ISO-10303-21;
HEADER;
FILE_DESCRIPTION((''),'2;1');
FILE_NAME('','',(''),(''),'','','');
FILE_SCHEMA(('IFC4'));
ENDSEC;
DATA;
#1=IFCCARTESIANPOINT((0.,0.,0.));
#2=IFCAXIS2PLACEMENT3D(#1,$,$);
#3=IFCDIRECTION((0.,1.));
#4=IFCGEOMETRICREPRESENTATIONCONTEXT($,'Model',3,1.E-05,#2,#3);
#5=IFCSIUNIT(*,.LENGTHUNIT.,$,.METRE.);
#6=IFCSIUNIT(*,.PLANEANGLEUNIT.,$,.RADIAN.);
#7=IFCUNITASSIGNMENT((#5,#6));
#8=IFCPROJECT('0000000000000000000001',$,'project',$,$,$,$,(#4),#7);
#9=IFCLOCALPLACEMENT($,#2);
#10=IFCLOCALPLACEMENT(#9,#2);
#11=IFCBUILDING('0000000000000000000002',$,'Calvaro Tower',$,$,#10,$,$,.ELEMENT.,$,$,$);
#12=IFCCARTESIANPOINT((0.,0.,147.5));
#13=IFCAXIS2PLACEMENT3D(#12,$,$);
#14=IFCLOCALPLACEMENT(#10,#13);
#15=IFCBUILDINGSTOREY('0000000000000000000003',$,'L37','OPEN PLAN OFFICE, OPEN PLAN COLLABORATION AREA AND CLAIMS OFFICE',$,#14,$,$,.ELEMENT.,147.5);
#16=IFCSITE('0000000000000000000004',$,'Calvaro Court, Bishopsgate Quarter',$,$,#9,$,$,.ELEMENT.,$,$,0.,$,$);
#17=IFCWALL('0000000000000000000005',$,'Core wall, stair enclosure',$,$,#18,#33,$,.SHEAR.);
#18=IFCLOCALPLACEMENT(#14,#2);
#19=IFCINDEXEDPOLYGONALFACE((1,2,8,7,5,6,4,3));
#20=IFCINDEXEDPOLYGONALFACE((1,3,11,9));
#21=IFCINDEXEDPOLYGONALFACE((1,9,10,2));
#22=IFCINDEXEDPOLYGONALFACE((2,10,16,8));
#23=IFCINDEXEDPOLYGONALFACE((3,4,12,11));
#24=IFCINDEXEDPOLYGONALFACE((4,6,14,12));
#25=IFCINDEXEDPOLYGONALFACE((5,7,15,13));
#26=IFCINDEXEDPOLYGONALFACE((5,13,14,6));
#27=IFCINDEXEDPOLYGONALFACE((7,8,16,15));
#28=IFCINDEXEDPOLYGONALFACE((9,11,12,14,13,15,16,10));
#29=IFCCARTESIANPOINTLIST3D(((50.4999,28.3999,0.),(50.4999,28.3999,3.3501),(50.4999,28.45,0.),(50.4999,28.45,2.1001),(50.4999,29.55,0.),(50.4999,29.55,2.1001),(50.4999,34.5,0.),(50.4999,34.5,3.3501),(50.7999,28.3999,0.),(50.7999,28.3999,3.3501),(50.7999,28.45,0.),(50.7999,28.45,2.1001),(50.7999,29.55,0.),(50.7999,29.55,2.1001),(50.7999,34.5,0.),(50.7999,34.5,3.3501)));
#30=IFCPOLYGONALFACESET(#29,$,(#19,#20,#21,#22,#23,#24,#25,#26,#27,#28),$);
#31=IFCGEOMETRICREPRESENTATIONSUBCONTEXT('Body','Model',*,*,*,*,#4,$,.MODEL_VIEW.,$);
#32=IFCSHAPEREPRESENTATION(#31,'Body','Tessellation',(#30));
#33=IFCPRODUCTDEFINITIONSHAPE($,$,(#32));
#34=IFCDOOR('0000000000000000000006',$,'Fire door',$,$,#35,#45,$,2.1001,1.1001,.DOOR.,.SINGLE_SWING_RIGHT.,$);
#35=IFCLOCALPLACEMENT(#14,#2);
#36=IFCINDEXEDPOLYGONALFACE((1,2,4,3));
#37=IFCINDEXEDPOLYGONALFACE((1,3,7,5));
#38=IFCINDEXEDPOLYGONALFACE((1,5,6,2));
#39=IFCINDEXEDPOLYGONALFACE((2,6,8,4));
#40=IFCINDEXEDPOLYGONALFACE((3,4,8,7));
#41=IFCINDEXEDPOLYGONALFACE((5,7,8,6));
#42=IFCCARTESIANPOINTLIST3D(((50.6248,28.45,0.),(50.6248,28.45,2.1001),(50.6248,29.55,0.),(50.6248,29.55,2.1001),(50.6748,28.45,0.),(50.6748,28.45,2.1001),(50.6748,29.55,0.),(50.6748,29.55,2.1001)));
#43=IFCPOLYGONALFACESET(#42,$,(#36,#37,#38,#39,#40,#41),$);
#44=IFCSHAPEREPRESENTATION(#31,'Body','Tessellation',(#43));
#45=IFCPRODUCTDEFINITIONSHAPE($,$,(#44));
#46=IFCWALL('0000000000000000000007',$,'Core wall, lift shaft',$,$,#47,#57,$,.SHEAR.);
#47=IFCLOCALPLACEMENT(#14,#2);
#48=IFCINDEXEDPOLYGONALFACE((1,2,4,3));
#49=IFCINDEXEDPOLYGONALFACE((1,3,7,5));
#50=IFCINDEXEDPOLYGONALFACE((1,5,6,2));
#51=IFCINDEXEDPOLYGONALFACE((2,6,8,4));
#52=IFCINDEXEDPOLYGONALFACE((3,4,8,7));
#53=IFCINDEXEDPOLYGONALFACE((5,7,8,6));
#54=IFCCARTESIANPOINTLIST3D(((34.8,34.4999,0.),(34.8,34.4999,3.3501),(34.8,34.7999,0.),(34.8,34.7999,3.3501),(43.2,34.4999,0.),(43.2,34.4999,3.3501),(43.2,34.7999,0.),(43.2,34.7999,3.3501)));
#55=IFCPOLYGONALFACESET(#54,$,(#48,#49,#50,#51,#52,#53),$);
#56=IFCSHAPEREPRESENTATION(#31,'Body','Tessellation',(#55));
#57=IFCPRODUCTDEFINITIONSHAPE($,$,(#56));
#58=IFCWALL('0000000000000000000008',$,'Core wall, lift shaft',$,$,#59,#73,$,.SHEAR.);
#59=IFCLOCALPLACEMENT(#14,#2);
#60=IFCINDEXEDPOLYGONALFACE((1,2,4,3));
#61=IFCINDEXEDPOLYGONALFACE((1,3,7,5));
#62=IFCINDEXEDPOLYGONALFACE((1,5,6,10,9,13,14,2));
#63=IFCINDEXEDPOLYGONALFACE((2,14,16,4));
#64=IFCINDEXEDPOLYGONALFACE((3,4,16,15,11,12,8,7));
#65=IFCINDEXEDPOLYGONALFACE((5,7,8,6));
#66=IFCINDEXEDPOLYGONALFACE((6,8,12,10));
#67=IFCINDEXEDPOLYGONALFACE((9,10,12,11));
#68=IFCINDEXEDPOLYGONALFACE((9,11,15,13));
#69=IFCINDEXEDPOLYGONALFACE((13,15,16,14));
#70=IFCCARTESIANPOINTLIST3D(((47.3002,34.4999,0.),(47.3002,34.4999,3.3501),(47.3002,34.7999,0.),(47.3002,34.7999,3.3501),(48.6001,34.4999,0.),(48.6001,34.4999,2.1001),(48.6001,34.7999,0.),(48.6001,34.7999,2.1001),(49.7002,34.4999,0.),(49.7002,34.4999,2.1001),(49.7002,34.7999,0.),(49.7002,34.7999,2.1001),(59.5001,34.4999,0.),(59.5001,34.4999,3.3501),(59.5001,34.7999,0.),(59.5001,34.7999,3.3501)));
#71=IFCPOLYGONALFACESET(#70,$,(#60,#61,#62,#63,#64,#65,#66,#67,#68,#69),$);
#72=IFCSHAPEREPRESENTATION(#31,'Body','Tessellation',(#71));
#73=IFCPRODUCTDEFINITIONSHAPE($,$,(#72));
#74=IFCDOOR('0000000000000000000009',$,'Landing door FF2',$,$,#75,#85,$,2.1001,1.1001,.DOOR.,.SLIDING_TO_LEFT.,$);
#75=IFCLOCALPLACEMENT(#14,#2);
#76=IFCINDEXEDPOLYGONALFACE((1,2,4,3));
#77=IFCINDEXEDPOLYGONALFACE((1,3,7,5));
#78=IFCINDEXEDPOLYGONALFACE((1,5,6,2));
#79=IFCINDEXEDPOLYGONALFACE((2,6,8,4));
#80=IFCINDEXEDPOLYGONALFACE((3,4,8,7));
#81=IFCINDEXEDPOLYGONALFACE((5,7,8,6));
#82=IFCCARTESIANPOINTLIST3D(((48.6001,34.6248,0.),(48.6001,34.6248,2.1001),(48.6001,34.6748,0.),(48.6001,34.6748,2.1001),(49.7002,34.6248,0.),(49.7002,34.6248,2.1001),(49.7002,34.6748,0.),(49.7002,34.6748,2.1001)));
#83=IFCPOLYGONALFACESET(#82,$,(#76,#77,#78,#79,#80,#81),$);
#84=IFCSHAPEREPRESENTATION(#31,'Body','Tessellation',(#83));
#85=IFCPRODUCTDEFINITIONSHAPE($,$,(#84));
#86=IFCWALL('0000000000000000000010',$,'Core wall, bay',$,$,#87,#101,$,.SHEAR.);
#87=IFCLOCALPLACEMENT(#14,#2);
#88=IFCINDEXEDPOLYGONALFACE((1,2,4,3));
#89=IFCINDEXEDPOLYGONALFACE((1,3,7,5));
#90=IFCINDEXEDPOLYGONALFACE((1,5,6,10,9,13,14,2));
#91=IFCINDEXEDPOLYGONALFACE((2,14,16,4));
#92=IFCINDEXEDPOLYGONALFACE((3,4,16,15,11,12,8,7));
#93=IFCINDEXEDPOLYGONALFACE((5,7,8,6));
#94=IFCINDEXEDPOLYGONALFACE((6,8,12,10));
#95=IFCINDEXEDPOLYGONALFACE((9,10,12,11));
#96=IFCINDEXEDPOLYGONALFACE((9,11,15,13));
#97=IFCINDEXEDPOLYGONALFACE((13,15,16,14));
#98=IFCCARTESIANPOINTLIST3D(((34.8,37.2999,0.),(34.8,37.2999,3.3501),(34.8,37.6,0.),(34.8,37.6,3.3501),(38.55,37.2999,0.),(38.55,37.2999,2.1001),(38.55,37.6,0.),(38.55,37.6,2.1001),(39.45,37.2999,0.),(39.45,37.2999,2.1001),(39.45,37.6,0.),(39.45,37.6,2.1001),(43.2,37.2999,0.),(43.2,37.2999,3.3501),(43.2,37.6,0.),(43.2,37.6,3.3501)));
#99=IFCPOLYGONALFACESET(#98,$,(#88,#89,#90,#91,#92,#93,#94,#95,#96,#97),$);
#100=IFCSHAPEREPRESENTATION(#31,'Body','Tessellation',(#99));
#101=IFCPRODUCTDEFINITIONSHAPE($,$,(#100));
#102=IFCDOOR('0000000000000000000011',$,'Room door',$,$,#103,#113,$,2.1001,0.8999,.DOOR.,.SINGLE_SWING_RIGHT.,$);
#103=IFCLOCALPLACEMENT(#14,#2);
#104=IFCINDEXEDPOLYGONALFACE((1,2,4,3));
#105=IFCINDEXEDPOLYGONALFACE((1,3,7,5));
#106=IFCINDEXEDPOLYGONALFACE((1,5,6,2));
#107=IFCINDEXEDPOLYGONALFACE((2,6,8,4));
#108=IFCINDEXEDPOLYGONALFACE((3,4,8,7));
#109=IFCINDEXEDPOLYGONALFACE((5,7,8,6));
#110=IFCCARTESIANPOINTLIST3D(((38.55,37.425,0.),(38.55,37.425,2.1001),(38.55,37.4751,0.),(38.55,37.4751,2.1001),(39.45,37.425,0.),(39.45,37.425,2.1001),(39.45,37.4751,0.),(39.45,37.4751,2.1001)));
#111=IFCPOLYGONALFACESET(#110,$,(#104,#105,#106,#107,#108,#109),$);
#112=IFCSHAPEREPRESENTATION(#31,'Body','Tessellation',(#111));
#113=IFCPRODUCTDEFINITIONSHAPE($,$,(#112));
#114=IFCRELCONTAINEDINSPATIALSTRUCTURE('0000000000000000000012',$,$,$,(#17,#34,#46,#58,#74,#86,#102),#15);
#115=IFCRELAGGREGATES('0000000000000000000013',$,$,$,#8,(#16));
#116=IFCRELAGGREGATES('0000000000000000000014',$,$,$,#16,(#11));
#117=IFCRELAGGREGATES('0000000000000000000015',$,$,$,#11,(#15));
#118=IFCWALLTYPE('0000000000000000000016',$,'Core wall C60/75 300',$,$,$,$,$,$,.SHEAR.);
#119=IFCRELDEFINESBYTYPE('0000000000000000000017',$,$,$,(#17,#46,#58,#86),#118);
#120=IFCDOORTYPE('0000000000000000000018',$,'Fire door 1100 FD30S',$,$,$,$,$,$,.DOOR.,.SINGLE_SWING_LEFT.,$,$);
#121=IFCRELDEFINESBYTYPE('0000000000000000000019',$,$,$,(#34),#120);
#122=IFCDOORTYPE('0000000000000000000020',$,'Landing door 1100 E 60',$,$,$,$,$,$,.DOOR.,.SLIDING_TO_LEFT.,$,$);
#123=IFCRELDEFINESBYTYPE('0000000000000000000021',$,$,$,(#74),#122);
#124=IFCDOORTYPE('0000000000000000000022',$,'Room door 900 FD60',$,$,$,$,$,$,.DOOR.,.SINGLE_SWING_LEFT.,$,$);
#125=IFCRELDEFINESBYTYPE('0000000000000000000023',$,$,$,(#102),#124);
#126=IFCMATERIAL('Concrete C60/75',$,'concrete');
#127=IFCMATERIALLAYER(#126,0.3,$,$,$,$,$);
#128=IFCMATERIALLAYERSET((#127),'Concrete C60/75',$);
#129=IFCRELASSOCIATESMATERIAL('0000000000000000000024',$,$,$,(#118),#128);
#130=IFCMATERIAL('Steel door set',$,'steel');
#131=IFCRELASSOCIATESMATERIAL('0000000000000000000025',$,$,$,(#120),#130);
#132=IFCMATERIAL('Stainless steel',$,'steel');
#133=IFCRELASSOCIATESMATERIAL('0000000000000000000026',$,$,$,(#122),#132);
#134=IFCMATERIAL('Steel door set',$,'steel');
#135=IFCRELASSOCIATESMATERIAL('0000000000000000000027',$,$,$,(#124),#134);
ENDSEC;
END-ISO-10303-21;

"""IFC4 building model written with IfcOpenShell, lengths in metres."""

from ifc_helpers import new_model, si_unit, direction, frame, frame_2d, origin, place, context, subcontext, project, spatial, rectangle, extrude, material, layer, layer_set, type_object, element, fill, save


model = new_model("IFC4")

# Units and contexts
model_context = context("Model", 3, precision=1e-05, world=origin(), true_north=direction((0.0, 1.0)))
body_context = subcontext(model_context, "Body", "Model", "MODEL_VIEW")
ifc_project = project(units=[si_unit("LENGTHUNIT", "METRE"), si_unit("PLANEANGLEUNIT", "RADIAN")], contexts=[model_context])

# Site, building, storey
site_placement = place(None, origin())
site = spatial("IfcSite", under=ifc_project, at=site_placement, Name="Calvaro Court, Bishopsgate Quarter", CompositionType="ELEMENT", RefElevation=0.0)
building_placement = place(site_placement, origin())
building = spatial("IfcBuilding", under=site, at=building_placement, Name="Calvaro Tower", CompositionType="ELEMENT")
storey_placement = place(building_placement, frame((0.0, 0.0, 147.5)))
storey = spatial("IfcBuildingStorey", under=building, at=storey_placement, Name="L37", Description="OPEN PLAN OFFICE, OPEN PLAN COLLABORATION AREA AND CLAIMS OFFICE", CompositionType="ELEMENT", Elevation=147.5)

# Wall, opening, door
ifc_material_1 = material(Name="Concrete C60/75", Category="concrete")
ifc_layer_1 = layer(ifc_material_1, 0.3)
ifc_layer_set_1 = layer_set([ifc_layer_1], Name="Concrete C60/75")
wall_type_1 = type_object("IfcWallType", Name="Core wall C60/75 300", PredefinedType="SHEAR", material=ifc_layer_set_1)
wall_1_placement = place(storey_placement, frame((50.6499, 34.5, 0.0), z_axis=(0.0, 0.0, 1.0), x_axis=(0.0, -1.0, 0.0)))
wall_1 = element("IfcWall", 1, at=wall_1_placement, inside=storey, type_object=wall_type_1, Name="Core wall, stair enclosure", PredefinedType="SHEAR", context=body_context, shape_type="SweptSolid", body=[
    extrude(rectangle(XDim=6.1001, YDim=0.3, at=frame_2d((3.05, 0.0))), origin(), (0.0, 0.0, 1.0), 3.3501),
])
opening_1_placement = place(wall_1_placement, frame((4.95, 0.0, 0.0)))
opening_1 = element("IfcOpeningElement", 2, at=opening_1_placement, cuts=wall_1, PredefinedType="OPENING", context=body_context, shape_type="SweptSolid", body=[
    extrude(rectangle(XDim=1.1001, YDim=2.1001, at=frame_2d((0.55, 1.05))), frame((0.0, 0.1599, 0.0), z_axis=(0.0, -1.0, 0.0), x_axis=(1.0, 0.0, 0.0)), (0.0, 0.0, 1.0), 0.3201),
])
ifc_material_2 = material(Name="Steel door set", Category="steel")
door_type_1 = type_object("IfcDoorType", Name="Fire door 1100 FD30S", OperationType="SINGLE_SWING_LEFT", PredefinedType="DOOR", material=ifc_material_2)
door_1_placement = place(opening_1_placement, origin())
door_1 = element("IfcDoor", 3, at=door_1_placement, inside=storey, type_object=door_type_1, Name="Fire door", OperationType="SINGLE_SWING_RIGHT", OverallHeight=2.1001, OverallWidth=1.1001, PredefinedType="DOOR", context=body_context, shape_type="SweptSolid", body=[
    extrude(rectangle(XDim=1.1001, YDim=2.1001, at=frame_2d((0.55, 1.05))), frame((0.0, 0.0249, 0.0), z_axis=(0.0, -1.0, 0.0), x_axis=(1.0, 0.0, 0.0)), (0.0, 0.0, 1.0), 0.05),
])
fill(opening_1, door_1)

# Wall
wall_2_placement = place(storey_placement, frame((34.8, 34.6499, 0.0), z_axis=(0.0, 0.0, 1.0), x_axis=(1.0, 0.0, 0.0)))
element("IfcWall", 4, at=wall_2_placement, inside=storey, type_object=wall_type_1, Name="Core wall, lift shaft", PredefinedType="SHEAR", context=body_context, shape_type="SweptSolid", body=[
    extrude(rectangle(XDim=8.3999, YDim=0.3, at=frame_2d((4.2, 0.0))), origin(), (0.0, 0.0, 1.0), 3.3501),
])

# Walls, openings, doors
wall_3_placement = place(storey_placement, frame((47.3, 34.6499, 0.0), z_axis=(0.0, 0.0, 1.0), x_axis=(1.0, 0.0, 0.0)))
wall_3 = element("IfcWall", 5, at=wall_3_placement, inside=storey, type_object=wall_type_1, Name="Core wall, lift shaft", PredefinedType="SHEAR", context=body_context, shape_type="SweptSolid", body=[
    extrude(rectangle(XDim=12.2, YDim=0.3, at=frame_2d((6.1001, 0.0))), origin(), (0.0, 0.0, 1.0), 3.3501),
])
opening_2_placement = place(wall_3_placement, frame((1.3, 0.0, 0.0)))
opening_2 = element("IfcOpeningElement", 6, at=opening_2_placement, cuts=wall_3, PredefinedType="OPENING", context=body_context, shape_type="SweptSolid", body=[
    extrude(rectangle(XDim=1.1001, YDim=2.1001, at=frame_2d((0.55, 1.05))), frame((0.0, 0.1599, 0.0), z_axis=(0.0, -1.0, 0.0), x_axis=(1.0, 0.0, 0.0)), (0.0, 0.0, 1.0), 0.3201),
])
ifc_material_3 = material(Name="Stainless steel", Category="steel")
door_type_2 = type_object("IfcDoorType", Name="Landing door 1100 E 60", OperationType="SLIDING_TO_LEFT", PredefinedType="DOOR", material=ifc_material_3)
door_2_placement = place(opening_2_placement, origin())
door_2 = element("IfcDoor", 7, at=door_2_placement, inside=storey, type_object=door_type_2, Name="Landing door FF2", OperationType="SLIDING_TO_LEFT", OverallHeight=2.1001, OverallWidth=1.1001, PredefinedType="DOOR", context=body_context, shape_type="SweptSolid", body=[
    extrude(rectangle(XDim=1.1001, YDim=2.1001, at=frame_2d((0.55, 1.05))), frame((0.0, 0.0249, 0.0), z_axis=(0.0, -1.0, 0.0), x_axis=(1.0, 0.0, 0.0)), (0.0, 0.0, 1.0), 0.05),
])
fill(opening_2, door_2)
wall_4_placement = place(storey_placement, frame((43.2, 37.45, 0.0), z_axis=(0.0, 0.0, 1.0), x_axis=(-1.0, 0.0, 0.0)))
wall_4 = element("IfcWall", 8, at=wall_4_placement, inside=storey, type_object=wall_type_1, Name="Core wall, bay", PredefinedType="SHEAR", context=body_context, shape_type="SweptSolid", body=[
    extrude(rectangle(XDim=8.3999, YDim=0.3, at=frame_2d((4.2, 0.0))), origin(), (0.0, 0.0, 1.0), 3.3501),
])
opening_3_placement = place(wall_4_placement, frame((3.75, 0.0, 0.0)))
opening_3 = element("IfcOpeningElement", 9, at=opening_3_placement, cuts=wall_4, PredefinedType="OPENING", context=body_context, shape_type="SweptSolid", body=[
    extrude(rectangle(XDim=0.8999, YDim=2.1001, at=frame_2d((0.45, 1.05))), frame((0.0, 0.1599, 0.0), z_axis=(0.0, -1.0, 0.0), x_axis=(1.0, 0.0, 0.0)), (0.0, 0.0, 1.0), 0.3201),
])
ifc_material_4 = material(Name="Steel door set", Category="steel")
door_type_3 = type_object("IfcDoorType", Name="Room door 900 FD60", OperationType="SINGLE_SWING_LEFT", PredefinedType="DOOR", material=ifc_material_4)
door_3_placement = place(opening_3_placement, origin())
door_3 = element("IfcDoor", 10, at=door_3_placement, inside=storey, type_object=door_type_3, Name="Room door", OperationType="SINGLE_SWING_RIGHT", OverallHeight=2.1001, OverallWidth=0.8999, PredefinedType="DOOR", context=body_context, shape_type="SweptSolid", body=[
    extrude(rectangle(XDim=0.8999, YDim=2.1001, at=frame_2d((0.45, 1.05))), frame((0.0, 0.0249, 0.0), z_axis=(0.0, -1.0, 0.0), x_axis=(1.0, 0.0, 0.0)), (0.0, 0.0, 1.0), 0.05),
])
fill(opening_3, door_3)

save(model, "model.ifc")
